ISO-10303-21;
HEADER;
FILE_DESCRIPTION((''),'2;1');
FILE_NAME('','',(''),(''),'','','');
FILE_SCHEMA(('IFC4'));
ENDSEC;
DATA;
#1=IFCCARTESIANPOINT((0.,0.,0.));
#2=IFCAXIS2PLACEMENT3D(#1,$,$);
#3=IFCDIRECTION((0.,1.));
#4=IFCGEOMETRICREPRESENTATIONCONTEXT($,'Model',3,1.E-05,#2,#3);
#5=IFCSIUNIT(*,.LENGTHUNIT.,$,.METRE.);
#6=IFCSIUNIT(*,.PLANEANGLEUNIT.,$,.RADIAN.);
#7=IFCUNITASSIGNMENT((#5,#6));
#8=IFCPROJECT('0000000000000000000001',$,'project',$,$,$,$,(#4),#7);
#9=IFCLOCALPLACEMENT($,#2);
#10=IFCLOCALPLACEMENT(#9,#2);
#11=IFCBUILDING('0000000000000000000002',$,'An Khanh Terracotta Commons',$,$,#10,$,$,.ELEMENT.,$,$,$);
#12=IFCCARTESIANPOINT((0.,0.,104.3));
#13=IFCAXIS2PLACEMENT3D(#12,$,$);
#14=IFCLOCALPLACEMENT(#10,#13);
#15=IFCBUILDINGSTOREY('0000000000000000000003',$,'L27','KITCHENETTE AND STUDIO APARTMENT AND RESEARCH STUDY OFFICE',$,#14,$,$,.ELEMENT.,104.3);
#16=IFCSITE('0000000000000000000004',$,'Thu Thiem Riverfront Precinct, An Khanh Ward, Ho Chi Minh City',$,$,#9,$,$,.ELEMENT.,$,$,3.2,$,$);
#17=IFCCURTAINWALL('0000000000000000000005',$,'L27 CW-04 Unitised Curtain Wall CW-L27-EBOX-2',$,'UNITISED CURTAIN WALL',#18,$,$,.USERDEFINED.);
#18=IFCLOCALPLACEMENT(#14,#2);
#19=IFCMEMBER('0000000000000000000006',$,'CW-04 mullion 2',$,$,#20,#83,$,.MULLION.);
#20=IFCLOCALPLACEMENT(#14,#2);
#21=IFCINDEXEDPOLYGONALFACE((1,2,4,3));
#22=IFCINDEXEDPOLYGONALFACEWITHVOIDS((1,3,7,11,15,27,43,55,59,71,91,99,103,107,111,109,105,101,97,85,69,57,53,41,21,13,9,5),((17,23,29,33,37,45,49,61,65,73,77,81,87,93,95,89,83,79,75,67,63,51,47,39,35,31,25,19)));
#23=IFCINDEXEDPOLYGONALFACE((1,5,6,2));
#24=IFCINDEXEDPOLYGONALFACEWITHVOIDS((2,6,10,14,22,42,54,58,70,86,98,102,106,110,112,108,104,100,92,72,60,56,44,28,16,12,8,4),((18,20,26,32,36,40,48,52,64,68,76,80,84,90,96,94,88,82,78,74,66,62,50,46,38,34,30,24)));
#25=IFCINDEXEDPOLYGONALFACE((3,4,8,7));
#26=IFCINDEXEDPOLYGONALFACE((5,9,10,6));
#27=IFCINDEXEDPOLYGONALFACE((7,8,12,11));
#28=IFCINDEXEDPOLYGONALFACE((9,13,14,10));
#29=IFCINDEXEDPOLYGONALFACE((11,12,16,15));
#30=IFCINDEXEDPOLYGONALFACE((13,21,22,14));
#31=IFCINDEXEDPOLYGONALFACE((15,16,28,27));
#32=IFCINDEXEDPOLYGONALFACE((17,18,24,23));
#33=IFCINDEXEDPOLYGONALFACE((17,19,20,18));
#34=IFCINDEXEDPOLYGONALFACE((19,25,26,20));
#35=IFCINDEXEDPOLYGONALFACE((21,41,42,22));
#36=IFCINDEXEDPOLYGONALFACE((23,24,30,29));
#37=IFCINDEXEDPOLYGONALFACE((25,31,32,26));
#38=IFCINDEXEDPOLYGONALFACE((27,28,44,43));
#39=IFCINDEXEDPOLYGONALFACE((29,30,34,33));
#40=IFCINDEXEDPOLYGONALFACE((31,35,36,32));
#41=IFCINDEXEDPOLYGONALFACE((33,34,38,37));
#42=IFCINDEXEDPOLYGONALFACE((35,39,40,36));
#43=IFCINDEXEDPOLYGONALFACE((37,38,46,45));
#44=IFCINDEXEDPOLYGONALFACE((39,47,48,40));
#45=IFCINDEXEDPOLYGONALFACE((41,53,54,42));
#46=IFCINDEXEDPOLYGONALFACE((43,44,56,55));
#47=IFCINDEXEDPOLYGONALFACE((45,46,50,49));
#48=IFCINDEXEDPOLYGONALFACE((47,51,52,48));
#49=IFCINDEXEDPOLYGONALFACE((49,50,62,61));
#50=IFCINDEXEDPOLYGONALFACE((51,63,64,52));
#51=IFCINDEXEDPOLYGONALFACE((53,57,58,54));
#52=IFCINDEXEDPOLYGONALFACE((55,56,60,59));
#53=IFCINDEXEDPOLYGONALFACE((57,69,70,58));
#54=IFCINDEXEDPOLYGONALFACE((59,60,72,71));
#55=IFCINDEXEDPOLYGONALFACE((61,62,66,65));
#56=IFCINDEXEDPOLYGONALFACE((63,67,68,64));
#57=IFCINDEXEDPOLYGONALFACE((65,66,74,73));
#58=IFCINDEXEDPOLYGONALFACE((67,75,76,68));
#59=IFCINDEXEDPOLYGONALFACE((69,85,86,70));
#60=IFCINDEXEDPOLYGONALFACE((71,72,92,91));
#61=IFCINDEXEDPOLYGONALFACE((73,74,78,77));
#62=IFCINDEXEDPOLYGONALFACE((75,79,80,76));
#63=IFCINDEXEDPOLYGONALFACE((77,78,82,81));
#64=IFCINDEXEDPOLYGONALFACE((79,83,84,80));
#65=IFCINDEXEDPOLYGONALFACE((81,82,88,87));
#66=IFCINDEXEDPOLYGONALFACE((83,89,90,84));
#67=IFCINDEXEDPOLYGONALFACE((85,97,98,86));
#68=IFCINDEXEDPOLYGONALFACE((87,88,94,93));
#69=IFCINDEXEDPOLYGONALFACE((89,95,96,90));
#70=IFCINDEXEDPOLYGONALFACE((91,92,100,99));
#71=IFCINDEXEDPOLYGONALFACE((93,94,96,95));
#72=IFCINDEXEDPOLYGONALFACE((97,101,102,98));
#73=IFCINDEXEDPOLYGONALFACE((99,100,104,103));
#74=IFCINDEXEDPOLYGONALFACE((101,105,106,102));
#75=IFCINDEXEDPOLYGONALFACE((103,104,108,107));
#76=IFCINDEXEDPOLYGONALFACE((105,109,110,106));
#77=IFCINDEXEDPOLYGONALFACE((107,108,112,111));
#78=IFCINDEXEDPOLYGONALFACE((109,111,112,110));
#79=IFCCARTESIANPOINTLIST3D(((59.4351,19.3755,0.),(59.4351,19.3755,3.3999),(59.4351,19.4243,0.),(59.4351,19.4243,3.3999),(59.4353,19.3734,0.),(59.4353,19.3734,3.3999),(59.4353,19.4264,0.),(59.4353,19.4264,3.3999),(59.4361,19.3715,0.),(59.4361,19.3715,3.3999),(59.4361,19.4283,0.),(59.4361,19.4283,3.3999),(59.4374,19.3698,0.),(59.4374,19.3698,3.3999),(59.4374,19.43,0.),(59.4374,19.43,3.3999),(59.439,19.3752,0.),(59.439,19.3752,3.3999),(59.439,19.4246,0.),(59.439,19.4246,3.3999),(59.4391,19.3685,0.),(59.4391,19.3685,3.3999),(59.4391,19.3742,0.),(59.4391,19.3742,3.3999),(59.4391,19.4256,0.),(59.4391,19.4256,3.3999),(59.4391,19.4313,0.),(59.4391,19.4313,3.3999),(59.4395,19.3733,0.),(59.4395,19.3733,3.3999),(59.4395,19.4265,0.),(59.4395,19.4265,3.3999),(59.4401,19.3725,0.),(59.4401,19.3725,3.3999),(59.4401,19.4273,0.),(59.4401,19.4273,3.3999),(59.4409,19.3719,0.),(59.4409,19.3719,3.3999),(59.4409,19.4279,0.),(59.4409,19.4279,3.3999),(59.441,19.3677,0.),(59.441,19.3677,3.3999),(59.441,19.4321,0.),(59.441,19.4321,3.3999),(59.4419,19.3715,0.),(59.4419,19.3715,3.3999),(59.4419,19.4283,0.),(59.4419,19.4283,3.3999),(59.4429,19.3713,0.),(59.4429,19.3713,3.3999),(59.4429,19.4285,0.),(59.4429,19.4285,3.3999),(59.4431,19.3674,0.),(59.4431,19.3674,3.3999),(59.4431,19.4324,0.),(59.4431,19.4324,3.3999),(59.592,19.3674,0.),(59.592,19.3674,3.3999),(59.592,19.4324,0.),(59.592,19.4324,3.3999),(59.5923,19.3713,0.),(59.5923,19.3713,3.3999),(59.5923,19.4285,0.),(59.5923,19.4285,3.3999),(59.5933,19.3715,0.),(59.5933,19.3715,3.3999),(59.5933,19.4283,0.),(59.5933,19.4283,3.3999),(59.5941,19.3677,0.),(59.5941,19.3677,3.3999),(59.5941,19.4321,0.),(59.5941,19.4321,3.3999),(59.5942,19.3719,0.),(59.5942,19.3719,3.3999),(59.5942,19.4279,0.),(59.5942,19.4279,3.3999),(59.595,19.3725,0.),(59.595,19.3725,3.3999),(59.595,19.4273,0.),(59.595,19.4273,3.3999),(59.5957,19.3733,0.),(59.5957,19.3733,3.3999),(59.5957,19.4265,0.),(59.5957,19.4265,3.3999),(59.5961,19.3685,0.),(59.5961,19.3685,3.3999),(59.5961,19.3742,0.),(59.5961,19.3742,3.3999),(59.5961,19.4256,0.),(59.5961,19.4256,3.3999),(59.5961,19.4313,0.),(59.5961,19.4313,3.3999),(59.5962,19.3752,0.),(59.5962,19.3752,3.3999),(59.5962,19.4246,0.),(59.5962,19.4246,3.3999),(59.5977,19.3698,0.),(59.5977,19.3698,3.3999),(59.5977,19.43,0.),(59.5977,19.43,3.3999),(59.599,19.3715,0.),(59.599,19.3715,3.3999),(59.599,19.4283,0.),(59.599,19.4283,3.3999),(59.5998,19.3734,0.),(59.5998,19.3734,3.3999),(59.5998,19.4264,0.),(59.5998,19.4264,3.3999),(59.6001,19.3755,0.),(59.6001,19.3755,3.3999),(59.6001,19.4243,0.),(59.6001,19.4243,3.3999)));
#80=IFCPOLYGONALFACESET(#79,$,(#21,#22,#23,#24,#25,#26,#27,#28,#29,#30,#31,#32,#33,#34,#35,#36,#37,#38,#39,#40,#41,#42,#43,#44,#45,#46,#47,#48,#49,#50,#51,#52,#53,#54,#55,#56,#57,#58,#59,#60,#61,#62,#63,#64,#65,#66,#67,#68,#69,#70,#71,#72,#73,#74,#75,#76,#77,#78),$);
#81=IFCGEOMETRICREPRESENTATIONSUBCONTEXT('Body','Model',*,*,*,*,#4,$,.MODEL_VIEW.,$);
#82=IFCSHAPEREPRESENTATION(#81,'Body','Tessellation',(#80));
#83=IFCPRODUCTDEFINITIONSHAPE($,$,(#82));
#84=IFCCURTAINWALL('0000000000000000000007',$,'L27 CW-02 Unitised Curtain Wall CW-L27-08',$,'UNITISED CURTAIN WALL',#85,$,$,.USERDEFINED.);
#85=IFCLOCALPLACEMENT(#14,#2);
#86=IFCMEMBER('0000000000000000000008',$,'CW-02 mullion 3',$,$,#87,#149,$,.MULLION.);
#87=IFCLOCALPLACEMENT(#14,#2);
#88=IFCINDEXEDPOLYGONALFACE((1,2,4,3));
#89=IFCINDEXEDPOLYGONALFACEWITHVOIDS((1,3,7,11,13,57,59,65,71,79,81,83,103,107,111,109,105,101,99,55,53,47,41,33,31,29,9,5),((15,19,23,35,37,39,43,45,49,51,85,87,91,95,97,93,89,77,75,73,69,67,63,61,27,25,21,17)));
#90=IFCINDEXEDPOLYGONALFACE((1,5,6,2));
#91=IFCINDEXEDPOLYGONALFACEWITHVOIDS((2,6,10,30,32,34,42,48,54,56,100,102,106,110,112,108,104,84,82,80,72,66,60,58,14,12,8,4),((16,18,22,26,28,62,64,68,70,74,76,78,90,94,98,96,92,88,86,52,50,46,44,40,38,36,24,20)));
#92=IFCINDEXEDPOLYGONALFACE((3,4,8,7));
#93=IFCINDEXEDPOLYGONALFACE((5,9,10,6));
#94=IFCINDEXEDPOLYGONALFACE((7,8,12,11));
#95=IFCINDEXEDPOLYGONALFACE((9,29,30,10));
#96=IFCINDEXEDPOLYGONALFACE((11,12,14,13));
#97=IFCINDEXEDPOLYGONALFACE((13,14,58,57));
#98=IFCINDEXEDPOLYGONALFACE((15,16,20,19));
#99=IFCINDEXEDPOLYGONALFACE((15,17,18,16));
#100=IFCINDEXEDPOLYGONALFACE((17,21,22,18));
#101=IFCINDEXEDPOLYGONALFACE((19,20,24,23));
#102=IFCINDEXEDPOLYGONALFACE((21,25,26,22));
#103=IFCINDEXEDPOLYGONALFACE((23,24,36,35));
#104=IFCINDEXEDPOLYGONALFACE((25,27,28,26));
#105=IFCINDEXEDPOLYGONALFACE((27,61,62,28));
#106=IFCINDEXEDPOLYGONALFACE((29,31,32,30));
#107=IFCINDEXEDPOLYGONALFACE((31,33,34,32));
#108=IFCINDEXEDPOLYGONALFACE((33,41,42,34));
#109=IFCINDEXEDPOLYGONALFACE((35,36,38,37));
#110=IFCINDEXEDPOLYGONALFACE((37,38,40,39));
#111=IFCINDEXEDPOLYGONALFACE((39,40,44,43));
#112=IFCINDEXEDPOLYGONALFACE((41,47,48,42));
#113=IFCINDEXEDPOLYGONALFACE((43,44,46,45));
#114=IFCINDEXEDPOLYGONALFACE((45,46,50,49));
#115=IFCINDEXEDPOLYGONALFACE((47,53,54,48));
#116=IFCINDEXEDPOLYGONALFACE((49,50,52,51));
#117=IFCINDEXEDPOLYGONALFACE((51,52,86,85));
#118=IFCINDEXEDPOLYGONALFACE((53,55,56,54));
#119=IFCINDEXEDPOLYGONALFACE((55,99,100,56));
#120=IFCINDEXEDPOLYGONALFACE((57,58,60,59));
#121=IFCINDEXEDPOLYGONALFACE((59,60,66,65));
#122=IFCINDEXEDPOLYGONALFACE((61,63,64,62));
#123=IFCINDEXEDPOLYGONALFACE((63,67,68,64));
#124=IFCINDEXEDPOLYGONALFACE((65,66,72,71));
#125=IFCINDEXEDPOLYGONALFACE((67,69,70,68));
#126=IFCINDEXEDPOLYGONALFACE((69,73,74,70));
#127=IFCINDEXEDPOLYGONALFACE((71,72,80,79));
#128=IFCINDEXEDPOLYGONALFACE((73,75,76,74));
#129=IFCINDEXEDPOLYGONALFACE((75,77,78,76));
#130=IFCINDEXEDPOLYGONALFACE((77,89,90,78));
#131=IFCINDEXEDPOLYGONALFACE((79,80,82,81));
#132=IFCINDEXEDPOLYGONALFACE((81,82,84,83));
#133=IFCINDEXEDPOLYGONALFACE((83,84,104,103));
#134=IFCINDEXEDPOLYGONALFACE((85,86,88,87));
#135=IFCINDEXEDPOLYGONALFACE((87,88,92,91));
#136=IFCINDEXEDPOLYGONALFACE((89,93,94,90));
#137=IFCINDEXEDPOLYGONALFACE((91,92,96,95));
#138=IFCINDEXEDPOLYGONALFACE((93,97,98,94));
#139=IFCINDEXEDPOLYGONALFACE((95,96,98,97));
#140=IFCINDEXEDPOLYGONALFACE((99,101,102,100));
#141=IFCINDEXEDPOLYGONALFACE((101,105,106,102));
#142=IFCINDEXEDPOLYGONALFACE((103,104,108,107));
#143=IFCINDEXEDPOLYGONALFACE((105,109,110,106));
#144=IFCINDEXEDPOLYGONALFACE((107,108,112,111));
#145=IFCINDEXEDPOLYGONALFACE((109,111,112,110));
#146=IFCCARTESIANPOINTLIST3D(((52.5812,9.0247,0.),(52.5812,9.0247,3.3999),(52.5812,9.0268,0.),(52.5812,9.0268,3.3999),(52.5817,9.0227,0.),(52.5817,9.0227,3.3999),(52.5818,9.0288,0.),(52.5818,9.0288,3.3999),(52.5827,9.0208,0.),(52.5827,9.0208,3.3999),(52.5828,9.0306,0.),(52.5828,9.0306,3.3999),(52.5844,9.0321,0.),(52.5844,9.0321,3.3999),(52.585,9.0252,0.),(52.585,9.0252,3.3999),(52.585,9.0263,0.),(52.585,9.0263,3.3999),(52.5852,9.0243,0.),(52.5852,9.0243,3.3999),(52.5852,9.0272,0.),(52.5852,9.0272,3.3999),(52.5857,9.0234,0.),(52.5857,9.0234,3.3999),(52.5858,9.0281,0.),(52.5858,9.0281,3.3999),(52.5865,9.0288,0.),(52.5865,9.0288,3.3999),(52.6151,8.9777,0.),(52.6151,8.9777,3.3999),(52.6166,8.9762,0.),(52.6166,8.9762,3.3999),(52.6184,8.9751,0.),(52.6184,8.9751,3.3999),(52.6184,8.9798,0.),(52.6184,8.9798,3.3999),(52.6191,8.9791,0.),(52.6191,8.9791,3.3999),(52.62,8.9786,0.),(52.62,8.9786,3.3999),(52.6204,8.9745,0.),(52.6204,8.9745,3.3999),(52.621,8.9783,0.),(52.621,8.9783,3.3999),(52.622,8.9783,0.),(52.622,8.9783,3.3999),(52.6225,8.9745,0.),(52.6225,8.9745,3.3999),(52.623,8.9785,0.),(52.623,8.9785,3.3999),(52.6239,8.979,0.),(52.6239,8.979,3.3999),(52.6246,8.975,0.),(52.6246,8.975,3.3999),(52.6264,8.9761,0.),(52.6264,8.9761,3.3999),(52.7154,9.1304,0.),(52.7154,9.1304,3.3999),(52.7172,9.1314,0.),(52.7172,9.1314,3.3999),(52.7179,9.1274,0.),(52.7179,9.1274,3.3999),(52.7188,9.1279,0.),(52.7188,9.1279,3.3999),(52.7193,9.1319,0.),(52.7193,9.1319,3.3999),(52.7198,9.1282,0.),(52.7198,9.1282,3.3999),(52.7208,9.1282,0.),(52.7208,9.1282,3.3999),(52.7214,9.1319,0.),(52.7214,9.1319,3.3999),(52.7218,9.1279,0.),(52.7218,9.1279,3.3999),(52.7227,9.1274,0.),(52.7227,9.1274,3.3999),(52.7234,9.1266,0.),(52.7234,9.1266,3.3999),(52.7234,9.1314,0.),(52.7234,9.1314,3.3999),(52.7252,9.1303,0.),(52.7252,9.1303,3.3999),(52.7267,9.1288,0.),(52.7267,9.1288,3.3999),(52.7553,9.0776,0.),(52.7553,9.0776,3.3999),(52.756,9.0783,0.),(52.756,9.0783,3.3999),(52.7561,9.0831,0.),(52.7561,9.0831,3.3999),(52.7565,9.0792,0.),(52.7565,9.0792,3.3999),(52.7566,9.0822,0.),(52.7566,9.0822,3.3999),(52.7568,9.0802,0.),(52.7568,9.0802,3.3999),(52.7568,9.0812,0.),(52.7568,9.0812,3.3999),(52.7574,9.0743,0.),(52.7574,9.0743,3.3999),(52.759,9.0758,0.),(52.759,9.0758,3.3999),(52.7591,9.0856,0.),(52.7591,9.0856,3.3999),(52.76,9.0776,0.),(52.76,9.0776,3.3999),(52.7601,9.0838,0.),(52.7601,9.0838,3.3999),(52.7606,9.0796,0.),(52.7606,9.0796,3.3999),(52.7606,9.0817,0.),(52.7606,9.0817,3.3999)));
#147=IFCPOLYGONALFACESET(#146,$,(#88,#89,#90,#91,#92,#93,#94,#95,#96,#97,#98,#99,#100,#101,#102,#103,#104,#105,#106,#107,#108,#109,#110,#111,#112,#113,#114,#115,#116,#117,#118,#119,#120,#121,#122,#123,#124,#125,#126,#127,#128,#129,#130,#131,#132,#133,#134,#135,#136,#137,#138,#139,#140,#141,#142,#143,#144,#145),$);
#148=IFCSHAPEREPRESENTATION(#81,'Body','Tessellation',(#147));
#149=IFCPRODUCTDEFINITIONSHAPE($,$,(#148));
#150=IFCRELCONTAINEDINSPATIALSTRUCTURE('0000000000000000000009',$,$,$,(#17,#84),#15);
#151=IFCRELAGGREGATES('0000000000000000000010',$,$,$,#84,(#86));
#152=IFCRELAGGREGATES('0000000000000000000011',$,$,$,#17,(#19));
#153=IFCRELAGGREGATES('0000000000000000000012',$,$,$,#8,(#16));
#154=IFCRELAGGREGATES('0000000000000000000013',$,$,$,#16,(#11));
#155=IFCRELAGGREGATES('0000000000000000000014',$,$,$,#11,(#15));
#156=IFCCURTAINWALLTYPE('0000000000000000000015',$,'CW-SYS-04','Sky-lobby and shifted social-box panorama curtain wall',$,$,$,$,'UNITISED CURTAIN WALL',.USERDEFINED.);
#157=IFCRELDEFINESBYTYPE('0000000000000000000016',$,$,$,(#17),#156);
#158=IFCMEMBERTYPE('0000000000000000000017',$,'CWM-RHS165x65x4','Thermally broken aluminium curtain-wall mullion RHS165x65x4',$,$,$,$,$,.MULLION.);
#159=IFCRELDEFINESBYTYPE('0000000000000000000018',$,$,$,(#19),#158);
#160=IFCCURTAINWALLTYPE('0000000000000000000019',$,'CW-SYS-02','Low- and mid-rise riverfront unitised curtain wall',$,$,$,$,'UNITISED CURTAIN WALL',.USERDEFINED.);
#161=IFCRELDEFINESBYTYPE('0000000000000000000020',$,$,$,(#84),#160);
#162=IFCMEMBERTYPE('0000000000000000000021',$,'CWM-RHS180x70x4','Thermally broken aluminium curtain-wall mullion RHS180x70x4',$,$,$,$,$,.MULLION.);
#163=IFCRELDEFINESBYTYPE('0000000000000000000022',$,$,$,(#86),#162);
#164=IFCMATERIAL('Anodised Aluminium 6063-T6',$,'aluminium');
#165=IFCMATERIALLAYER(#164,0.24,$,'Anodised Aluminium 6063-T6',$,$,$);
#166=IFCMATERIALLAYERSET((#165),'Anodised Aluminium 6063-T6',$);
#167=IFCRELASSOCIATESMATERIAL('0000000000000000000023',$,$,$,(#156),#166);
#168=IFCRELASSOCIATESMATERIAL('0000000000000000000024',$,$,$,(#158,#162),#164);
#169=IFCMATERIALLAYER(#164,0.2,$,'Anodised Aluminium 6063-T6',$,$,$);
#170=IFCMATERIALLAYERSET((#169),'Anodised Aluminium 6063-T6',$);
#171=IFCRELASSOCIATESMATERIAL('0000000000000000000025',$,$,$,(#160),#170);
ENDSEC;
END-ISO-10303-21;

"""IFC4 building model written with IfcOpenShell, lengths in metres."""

from ifc_helpers import new_model, si_unit, direction, frame, origin, origin_2d, place, context, subcontext, project, spatial, hollow_rectangle, extrude, material, layer, layer_set, material_profile, profile_set, type_object, element, aggregate, save


model = new_model("IFC4")

# Units and contexts
model_context = context("Model", 3, precision=1e-05, world=origin(), true_north=direction((0.0, 1.0)))
body_context = subcontext(model_context, "Body", "Model", "MODEL_VIEW")
ifc_project = project(units=[si_unit("LENGTHUNIT", "METRE"), si_unit("PLANEANGLEUNIT", "RADIAN")], contexts=[model_context])

# Site, building, storey
site_placement = place(None, origin())
site = spatial("IfcSite", under=ifc_project, at=site_placement, Name="Thu Thiem Riverfront Precinct, An Khanh Ward, Ho Chi Minh City", CompositionType="ELEMENT", RefElevation=3.2)
building_placement = place(site_placement, origin())
building = spatial("IfcBuilding", under=site, at=building_placement, Name="An Khanh Terracotta Commons", CompositionType="ELEMENT")
storey_placement = place(building_placement, frame((0.0, 0.0, 104.3)))
storey = spatial("IfcBuildingStorey", under=building, at=storey_placement, Name="L27", Description="KITCHENETTE AND STUDIO APARTMENT AND RESEARCH STUDY OFFICE", CompositionType="ELEMENT", Elevation=104.3)

# Curtain walls, members
ifc_material_1 = material(Name="Anodised Aluminium 6063-T6", Category="aluminium")
ifc_layer_1 = layer(ifc_material_1, 0.24, Name="Anodised Aluminium 6063-T6")
ifc_layer_set_1 = layer_set([ifc_layer_1], Name="Anodised Aluminium 6063-T6")
curtain_wall_type_1 = type_object("IfcCurtainWallType", Name="CW-SYS-04", Description="Sky-lobby and shifted social-box panorama curtain wall", ElementType="UNITISED CURTAIN WALL", PredefinedType="USERDEFINED", material=ifc_layer_set_1)
ifc_material_profile_1 = material_profile(ifc_material_1, hollow_rectangle(XDim=0.0649, YDim=0.165, WallThickness=0.0039, InnerFilletRadius=0.0039, OuterFilletRadius=0.0081, at=origin_2d()), Name="RHS165x65x4")
ifc_profile_set_1 = profile_set([ifc_material_profile_1], Name="Anodised Aluminium 6063-T6")
member_type_1 = type_object("IfcMemberType", Name="CWM-RHS165x65x4", Description="Thermally broken aluminium curtain-wall mullion RHS165x65x4", PredefinedType="MULLION", material=ifc_profile_set_1)
curtain_wall_1_placement = place(storey_placement, origin())
curtain_wall_1 = element("IfcCurtainWall", 1, at=curtain_wall_1_placement, inside=storey, type_object=curtain_wall_type_1, Name="L27 CW-04 Unitised Curtain Wall CW-L27-EBOX-2", ObjectType="UNITISED CURTAIN WALL", PredefinedType="USERDEFINED")
member_1_placement = place(storey_placement, frame((59.5176, 19.3999, 0.0), z_axis=(0.0, 0.0, 1.0), x_axis=(0.0, 1.0, 0.0)))
member_1 = element("IfcMember", 2, at=member_1_placement, type_object=member_type_1, Name="CW-04 mullion 2", PredefinedType="MULLION", context=body_context, shape_type="SweptSolid", body=[
    extrude(hollow_rectangle(XDim=0.0649, YDim=0.165, WallThickness=0.0039, InnerFilletRadius=0.0039, OuterFilletRadius=0.0081, at=origin_2d()), origin(), (0.0, 0.0, 1.0), 3.3999),
])
ifc_layer_2 = layer(ifc_material_1, 0.2, Name="Anodised Aluminium 6063-T6")
ifc_layer_set_2 = layer_set([ifc_layer_2], Name="Anodised Aluminium 6063-T6")
curtain_wall_type_2 = type_object("IfcCurtainWallType", Name="CW-SYS-02", Description="Low- and mid-rise riverfront unitised curtain wall", ElementType="UNITISED CURTAIN WALL", PredefinedType="USERDEFINED", material=ifc_layer_set_2)
curtain_wall_2_placement = place(storey_placement, origin())
curtain_wall_2 = element("IfcCurtainWall", 3, at=curtain_wall_2_placement, inside=storey, type_object=curtain_wall_type_2, Name="L27 CW-02 Unitised Curtain Wall CW-L27-08", ObjectType="UNITISED CURTAIN WALL", PredefinedType="USERDEFINED")
ifc_material_profile_2 = material_profile(ifc_material_1, hollow_rectangle(XDim=0.0701, YDim=0.1799, WallThickness=0.0039, InnerFilletRadius=0.0039, OuterFilletRadius=0.0081, at=origin_2d()), Name="RHS180x70x4")
ifc_profile_set_2 = profile_set([ifc_material_profile_2], Name="Anodised Aluminium 6063-T6")
member_type_2 = type_object("IfcMemberType", Name="CWM-RHS180x70x4", Description="Thermally broken aluminium curtain-wall mullion RHS180x70x4", PredefinedType="MULLION", material=ifc_profile_set_2)
member_2_placement = place(storey_placement, frame((52.6709, 9.0532, 0.0), z_axis=(0.0, 0.0, 1.0), x_axis=(-0.599983, 0.800013, 0.0)))
member_2 = element("IfcMember", 4, at=member_2_placement, type_object=member_type_2, Name="CW-02 mullion 3", PredefinedType="MULLION", context=body_context, shape_type="SweptSolid", body=[
    extrude(hollow_rectangle(XDim=0.0701, YDim=0.1799, WallThickness=0.0039, InnerFilletRadius=0.0039, OuterFilletRadius=0.0081, at=origin_2d()), origin(), (0.0, 0.0, 1.0), 3.3999),
])

aggregate(curtain_wall_2, [member_2])
aggregate(curtain_wall_1, [member_1])

save(model, "model.ifc")
